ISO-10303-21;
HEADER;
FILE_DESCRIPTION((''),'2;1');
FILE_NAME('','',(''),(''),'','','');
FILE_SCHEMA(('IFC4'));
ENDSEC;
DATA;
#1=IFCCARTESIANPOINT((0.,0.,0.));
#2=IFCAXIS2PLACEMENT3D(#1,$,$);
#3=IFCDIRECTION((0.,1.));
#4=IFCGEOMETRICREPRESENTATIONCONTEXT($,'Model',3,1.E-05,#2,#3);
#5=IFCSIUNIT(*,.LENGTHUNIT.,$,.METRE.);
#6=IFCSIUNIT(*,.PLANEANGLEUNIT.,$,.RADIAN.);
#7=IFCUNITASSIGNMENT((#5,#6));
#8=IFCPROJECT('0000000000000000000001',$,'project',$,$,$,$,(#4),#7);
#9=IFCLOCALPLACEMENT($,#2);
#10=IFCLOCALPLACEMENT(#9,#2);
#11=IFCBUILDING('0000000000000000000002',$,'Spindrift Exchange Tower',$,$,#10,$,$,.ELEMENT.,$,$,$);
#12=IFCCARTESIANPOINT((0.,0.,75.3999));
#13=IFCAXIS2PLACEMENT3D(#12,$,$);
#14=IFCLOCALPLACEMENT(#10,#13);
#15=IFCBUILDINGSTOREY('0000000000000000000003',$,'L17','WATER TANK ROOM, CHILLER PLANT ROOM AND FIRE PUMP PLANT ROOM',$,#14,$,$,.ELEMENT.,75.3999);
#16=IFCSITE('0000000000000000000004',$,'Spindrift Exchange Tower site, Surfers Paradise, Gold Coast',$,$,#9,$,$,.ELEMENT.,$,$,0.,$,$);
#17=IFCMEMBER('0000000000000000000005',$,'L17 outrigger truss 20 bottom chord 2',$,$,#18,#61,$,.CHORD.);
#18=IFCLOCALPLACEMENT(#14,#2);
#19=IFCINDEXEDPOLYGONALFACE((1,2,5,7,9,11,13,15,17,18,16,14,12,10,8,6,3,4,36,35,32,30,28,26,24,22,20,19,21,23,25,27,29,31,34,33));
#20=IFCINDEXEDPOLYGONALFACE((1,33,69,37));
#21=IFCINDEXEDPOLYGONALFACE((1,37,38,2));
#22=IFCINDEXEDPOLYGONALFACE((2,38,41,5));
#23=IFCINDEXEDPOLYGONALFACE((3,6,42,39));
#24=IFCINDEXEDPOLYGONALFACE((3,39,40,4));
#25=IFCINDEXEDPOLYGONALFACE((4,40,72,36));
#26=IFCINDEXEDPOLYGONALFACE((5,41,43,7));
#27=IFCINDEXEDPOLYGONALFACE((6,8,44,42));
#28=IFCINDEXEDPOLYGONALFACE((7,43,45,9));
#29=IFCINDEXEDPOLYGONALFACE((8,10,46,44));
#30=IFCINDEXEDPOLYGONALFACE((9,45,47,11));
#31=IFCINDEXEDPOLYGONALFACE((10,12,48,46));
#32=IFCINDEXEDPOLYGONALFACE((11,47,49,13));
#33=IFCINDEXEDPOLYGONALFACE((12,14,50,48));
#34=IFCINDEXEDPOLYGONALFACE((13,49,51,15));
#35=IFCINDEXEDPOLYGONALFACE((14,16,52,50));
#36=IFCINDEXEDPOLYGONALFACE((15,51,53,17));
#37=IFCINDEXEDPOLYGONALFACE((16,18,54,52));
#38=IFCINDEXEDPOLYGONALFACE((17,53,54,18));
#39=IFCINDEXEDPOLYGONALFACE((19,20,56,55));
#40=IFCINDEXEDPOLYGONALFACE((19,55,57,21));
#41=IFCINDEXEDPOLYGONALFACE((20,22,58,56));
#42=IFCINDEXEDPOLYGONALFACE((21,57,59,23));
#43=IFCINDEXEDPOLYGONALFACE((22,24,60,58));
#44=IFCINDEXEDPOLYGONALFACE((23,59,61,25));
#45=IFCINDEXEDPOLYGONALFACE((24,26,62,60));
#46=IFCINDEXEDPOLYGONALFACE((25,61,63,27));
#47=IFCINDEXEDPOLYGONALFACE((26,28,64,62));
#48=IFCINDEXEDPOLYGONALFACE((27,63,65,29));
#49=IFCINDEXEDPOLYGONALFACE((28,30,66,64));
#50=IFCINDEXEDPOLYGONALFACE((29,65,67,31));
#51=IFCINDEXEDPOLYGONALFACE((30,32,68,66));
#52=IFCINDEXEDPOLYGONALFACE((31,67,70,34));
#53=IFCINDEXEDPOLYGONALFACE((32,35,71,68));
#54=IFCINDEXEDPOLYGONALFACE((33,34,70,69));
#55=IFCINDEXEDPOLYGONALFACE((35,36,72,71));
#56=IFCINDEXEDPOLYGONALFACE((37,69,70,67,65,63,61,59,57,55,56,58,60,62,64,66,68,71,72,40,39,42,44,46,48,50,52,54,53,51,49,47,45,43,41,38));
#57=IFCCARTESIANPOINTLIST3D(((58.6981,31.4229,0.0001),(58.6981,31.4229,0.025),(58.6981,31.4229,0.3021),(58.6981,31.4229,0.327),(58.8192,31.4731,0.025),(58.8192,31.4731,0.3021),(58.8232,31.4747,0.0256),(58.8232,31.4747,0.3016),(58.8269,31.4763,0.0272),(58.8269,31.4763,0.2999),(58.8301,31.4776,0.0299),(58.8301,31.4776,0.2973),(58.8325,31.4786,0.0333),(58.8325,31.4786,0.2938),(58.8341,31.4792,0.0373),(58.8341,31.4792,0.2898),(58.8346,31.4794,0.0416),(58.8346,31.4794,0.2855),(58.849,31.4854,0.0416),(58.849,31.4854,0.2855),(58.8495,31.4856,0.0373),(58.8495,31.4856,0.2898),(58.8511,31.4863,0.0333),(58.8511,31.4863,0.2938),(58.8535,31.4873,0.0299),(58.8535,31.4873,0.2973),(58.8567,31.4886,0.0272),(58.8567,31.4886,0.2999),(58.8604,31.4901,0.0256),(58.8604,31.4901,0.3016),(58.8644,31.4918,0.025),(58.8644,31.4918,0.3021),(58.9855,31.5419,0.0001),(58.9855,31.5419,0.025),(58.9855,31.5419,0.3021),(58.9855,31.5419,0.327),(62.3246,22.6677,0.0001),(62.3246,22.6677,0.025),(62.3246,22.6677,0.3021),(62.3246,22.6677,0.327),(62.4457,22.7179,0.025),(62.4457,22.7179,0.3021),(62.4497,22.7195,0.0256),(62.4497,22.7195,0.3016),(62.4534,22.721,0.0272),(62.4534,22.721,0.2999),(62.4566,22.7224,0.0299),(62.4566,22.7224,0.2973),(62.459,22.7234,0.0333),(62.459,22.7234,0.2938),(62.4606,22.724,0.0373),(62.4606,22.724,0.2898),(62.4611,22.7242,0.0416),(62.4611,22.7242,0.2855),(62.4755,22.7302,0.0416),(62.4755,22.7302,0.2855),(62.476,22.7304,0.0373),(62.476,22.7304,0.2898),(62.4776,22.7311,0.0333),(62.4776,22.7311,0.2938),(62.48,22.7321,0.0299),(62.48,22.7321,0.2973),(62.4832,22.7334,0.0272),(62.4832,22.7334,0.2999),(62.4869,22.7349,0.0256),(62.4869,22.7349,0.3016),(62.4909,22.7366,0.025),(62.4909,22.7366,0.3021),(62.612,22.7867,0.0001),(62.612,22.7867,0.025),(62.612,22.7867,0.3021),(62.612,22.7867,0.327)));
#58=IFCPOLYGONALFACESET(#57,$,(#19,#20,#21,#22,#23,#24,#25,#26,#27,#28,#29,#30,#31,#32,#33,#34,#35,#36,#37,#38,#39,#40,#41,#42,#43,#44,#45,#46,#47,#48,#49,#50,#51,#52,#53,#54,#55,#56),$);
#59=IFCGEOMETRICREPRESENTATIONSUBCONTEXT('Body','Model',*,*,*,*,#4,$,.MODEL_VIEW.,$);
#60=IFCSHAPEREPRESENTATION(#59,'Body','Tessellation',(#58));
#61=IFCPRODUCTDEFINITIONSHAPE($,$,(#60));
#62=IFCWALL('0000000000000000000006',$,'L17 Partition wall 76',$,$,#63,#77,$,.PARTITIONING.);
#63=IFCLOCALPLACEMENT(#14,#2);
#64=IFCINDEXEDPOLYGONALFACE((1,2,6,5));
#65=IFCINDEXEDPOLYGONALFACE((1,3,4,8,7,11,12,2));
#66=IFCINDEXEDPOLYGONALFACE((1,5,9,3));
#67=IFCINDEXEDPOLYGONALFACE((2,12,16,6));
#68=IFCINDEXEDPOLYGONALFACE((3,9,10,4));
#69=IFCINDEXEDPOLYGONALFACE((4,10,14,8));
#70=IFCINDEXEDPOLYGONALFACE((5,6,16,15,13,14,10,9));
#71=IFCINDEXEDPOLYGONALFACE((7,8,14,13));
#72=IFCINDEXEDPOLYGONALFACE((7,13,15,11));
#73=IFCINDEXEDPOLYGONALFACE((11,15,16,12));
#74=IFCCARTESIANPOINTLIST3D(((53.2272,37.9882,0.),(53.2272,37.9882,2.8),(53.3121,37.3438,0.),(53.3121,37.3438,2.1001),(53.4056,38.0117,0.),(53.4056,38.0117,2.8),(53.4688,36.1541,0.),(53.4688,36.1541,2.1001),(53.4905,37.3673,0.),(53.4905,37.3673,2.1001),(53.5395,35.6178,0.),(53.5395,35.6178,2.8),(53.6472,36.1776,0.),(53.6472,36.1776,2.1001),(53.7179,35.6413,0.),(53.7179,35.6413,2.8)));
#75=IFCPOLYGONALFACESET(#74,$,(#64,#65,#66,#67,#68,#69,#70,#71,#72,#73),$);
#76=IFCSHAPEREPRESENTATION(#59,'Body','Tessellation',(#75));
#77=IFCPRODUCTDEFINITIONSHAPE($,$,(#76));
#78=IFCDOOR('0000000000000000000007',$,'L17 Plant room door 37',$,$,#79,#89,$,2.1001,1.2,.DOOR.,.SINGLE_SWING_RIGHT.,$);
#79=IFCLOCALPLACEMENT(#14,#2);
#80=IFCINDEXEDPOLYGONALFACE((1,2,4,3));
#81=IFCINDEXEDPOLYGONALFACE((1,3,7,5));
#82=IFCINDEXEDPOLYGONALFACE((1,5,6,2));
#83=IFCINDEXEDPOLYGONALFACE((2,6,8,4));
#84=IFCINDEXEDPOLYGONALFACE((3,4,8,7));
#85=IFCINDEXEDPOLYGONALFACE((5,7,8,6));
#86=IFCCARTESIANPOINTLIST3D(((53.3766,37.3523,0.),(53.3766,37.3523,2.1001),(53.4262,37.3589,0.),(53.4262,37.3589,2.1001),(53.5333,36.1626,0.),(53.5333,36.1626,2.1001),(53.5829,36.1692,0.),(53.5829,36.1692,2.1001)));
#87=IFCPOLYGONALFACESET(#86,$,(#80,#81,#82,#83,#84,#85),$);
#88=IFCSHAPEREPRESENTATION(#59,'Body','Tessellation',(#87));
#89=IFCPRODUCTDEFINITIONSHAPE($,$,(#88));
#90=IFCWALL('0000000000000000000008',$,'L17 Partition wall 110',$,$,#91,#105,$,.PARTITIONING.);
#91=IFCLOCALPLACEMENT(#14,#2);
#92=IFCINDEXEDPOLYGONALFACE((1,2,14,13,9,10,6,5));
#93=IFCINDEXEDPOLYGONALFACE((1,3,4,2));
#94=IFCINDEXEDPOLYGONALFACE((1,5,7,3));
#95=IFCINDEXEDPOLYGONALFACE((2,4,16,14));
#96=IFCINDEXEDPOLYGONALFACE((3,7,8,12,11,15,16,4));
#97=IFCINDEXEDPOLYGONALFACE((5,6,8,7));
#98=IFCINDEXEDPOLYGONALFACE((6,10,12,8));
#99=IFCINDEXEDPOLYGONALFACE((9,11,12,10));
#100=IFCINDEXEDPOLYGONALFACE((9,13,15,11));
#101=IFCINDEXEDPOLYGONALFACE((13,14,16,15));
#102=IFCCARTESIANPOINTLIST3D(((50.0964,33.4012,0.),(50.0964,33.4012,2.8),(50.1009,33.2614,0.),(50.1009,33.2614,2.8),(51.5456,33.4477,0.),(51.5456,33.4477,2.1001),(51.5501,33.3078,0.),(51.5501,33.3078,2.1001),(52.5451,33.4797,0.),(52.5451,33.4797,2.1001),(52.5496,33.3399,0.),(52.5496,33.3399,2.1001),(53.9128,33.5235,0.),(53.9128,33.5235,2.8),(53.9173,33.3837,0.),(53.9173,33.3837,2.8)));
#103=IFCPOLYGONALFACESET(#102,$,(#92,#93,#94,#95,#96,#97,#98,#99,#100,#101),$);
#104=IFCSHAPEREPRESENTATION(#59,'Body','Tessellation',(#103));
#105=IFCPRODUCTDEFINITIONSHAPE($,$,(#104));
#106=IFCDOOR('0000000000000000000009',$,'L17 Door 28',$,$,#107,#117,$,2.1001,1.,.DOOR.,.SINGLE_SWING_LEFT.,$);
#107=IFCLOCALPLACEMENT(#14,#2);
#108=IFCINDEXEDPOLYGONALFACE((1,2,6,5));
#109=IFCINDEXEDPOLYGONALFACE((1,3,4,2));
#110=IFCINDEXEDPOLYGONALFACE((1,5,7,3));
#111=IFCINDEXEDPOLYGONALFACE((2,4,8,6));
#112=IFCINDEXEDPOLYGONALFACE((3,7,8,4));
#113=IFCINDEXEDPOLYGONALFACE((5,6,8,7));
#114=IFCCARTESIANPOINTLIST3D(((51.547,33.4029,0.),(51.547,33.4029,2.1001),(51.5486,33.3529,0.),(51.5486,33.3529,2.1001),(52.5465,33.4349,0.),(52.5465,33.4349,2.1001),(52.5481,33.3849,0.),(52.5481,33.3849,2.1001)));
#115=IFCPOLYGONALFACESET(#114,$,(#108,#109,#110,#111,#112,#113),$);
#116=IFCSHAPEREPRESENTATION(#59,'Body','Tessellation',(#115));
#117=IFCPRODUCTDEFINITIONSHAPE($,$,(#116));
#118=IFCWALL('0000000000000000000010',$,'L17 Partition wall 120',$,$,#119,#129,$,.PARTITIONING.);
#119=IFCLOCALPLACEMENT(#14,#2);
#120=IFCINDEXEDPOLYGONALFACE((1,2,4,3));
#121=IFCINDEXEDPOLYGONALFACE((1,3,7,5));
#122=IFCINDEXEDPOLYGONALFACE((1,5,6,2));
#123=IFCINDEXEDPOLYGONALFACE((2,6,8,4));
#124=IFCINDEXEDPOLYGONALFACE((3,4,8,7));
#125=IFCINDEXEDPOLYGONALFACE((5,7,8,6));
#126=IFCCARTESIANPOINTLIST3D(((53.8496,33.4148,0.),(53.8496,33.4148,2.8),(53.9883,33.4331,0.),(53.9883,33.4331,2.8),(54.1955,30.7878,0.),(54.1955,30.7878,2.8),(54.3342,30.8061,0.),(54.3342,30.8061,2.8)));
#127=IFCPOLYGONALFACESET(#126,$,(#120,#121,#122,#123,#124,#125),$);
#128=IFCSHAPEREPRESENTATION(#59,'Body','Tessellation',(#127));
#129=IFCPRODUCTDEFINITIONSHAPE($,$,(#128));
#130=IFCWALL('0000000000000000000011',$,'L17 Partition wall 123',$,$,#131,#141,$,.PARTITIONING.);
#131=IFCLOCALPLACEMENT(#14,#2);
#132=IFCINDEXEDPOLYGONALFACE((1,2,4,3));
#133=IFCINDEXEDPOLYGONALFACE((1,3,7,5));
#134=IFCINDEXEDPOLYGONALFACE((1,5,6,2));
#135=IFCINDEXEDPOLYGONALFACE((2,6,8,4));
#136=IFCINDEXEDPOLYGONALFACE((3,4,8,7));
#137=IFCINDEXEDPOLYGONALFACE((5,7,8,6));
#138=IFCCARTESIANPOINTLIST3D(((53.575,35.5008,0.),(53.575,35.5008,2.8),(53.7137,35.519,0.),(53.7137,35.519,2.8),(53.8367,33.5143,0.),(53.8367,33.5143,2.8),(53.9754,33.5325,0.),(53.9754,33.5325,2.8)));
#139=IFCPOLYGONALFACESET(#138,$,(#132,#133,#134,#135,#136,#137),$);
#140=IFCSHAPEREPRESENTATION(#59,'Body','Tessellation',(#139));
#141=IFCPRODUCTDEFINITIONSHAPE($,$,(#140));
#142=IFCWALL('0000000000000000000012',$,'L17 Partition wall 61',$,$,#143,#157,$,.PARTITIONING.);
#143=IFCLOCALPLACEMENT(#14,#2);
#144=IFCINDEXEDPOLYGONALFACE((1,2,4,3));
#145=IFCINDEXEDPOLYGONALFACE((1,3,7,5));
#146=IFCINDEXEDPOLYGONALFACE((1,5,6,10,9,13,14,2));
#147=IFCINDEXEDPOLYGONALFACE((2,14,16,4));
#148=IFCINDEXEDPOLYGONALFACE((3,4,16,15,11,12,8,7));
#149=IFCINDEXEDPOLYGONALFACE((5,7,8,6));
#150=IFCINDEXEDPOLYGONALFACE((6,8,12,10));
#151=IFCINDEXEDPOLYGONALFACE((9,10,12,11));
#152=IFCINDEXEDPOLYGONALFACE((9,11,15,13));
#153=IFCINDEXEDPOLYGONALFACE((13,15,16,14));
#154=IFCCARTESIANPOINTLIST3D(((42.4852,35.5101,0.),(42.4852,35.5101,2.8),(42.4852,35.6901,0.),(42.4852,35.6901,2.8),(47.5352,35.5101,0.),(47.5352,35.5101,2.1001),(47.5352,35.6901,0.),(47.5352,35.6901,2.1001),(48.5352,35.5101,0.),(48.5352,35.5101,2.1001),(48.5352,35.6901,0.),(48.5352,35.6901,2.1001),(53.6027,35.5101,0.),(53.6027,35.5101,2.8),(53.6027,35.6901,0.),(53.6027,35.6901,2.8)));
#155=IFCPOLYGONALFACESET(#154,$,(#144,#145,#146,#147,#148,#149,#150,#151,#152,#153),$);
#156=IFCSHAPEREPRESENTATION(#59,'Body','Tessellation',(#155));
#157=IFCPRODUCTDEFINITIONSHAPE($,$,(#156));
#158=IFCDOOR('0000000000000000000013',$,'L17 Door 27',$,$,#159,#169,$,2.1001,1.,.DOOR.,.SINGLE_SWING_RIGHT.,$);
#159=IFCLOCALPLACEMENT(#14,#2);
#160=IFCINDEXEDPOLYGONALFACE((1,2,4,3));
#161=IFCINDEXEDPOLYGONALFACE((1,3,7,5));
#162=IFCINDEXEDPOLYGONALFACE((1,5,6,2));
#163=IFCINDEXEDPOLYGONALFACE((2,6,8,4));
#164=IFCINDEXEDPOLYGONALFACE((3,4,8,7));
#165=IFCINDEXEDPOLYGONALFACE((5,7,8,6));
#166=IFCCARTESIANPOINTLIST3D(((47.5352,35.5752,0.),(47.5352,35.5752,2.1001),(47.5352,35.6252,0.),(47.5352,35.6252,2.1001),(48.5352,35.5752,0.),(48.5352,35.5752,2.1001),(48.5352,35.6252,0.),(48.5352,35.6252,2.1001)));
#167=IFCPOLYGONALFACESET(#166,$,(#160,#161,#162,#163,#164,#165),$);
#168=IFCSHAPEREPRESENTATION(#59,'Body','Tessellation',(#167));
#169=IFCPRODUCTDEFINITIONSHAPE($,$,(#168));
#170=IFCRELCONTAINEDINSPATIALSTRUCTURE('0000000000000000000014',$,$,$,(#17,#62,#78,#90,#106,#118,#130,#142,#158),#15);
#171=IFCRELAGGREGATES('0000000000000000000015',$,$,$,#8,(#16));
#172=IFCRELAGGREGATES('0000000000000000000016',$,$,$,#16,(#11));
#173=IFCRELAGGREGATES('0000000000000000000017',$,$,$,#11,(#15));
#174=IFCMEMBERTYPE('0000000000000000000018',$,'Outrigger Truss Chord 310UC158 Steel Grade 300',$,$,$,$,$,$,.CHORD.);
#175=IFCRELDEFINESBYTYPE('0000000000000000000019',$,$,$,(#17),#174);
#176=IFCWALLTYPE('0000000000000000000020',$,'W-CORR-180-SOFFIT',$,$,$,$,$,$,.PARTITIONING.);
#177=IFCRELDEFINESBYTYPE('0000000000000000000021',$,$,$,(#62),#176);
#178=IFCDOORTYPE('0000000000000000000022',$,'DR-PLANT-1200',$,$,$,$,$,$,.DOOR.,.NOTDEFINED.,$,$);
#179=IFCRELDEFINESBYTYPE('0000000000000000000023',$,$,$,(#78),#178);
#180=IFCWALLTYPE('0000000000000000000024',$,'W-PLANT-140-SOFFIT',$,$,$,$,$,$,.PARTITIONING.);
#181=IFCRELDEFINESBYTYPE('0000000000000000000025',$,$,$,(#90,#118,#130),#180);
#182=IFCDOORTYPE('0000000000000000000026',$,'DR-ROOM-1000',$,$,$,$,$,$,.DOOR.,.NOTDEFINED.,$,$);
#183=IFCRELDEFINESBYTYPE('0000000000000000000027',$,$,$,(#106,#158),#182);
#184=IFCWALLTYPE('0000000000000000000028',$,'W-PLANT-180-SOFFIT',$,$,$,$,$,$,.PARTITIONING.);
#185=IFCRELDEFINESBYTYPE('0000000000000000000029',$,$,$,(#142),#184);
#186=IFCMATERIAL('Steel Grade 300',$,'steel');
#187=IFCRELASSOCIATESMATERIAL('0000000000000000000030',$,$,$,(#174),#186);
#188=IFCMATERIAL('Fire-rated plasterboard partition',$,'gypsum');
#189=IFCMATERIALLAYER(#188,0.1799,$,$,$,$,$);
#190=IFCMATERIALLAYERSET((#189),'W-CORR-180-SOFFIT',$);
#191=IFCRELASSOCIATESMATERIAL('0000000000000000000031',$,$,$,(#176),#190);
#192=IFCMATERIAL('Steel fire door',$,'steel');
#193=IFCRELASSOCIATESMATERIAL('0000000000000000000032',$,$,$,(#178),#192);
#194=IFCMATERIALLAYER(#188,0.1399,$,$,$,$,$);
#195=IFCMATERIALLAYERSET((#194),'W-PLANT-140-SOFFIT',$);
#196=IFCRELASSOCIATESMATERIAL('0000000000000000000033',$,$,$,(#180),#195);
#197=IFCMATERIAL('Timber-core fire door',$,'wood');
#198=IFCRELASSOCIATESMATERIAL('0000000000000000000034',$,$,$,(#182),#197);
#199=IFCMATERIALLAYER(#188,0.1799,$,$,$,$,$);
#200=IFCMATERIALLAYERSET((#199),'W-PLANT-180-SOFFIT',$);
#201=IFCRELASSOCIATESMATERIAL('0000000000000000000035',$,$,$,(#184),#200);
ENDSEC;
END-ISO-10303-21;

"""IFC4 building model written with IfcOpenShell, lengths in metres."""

from ifc_helpers import new_model, si_unit, direction, frame, frame_2d, origin, origin_2d, place, context, subcontext, project, spatial, rectangle, i_section, extrude, source, transform, mapped, material, layer, layer_set, material_profile, profile_set, type_object, element, fill, save


model = new_model("IFC4")

# Units and contexts
model_context = context("Model", 3, precision=1e-05, world=origin(), true_north=direction((0.0, 1.0)))
body_context = subcontext(model_context, "Body", "Model", "MODEL_VIEW")
ifc_project = project(units=[si_unit("LENGTHUNIT", "METRE"), si_unit("PLANEANGLEUNIT", "RADIAN")], contexts=[model_context])

# Site, building, storey
site_placement = place(None, origin())
site = spatial("IfcSite", under=ifc_project, at=site_placement, Name="Spindrift Exchange Tower site, Surfers Paradise, Gold Coast", CompositionType="ELEMENT", RefElevation=0.0)
building_placement = place(site_placement, origin())
building = spatial("IfcBuilding", under=site, at=building_placement, Name="Spindrift Exchange Tower", CompositionType="ELEMENT")
storey_placement = place(building_placement, frame((0.0, 0.0, 75.3999)))
storey = spatial("IfcBuildingStorey", under=building, at=storey_placement, Name="L17", Description="WATER TANK ROOM, CHILLER PLANT ROOM AND FIRE PUMP PLANT ROOM", CompositionType="ELEMENT", Elevation=75.3999)

# Shared definitions
ifc_material_1 = material(Name="Steel Grade 300", Category="steel")

# Shared definitions
ifc_material_profile_1 = material_profile(ifc_material_1, i_section(OverallWidth=0.311, OverallDepth=0.3269, WebThickness=0.0156, FlangeThickness=0.0249, FilletRadius=0.0166, at=origin_2d()), Name="310UC158")
ifc_profile_set_1 = profile_set([ifc_material_profile_1], Name="Steel Grade 300")
member_type = type_object("IfcMemberType", Name="Outrigger Truss Chord 310UC158 Steel Grade 300", PredefinedType="CHORD", material=ifc_profile_set_1)

# Member
shared_shape_1 = source(origin(), body_context, "Body", "SweptSolid", [
    extrude(i_section(OverallWidth=0.311, OverallDepth=0.3269, WebThickness=0.0156, FlangeThickness=0.0249, FilletRadius=0.0166, at=origin_2d()), origin(), (0.0, 0.0, 1.0), 9.4766),
])
member_1_placement = place(storey_placement, frame((58.8418, 31.4824, 0.1636), z_axis=(0.382681, -0.923881, 0.0), x_axis=(0.923881, 0.382681, 0.0)))
element("IfcMember", 1, at=member_1_placement, inside=storey, type_object=member_type, Name="L17 outrigger truss 20 bottom chord 2", PredefinedType="CHORD", context=body_context, shape_type="MappedRepresentation", body=[
    mapped(shared_shape_1, transform((0.0, 0.0, 0.0), scale=1.0)),
])

# Walls, openings, doors
ifc_material_2 = material(Name="Fire-rated plasterboard partition", Category="gypsum")
ifc_layer_1 = layer(ifc_material_2, 0.1799)
ifc_layer_set_1 = layer_set([ifc_layer_1], Name="W-CORR-180-SOFFIT")
wall_type_1 = type_object("IfcWallType", Name="W-CORR-180-SOFFIT", PredefinedType="PARTITIONING", material=ifc_layer_set_1)
wall_1_placement = place(storey_placement, frame((53.6287, 35.6296, 0.0), z_axis=(0.0, 0.0, 1.0), x_axis=(-0.130605, 0.991434, 0.0)))
wall_1 = element("IfcWall", 2, at=wall_1_placement, inside=storey, type_object=wall_type_1, Name="L17 Partition wall 76", PredefinedType="PARTITIONING", context=body_context, shape_type="SweptSolid", body=[
    extrude(rectangle(XDim=2.3909, YDim=0.1799, at=frame_2d((1.1953, 0.0))), origin(), (0.0, 0.0, 1.0), 2.8),
])
opening_1_placement = place(wall_1_placement, frame((0.5408, 0.0, 0.0)))
opening_1 = element("IfcOpeningElement", 3, at=opening_1_placement, cuts=wall_1, PredefinedType="OPENING", context=body_context, shape_type="SweptSolid", body=[
    extrude(rectangle(XDim=1.2, YDim=2.1001, at=frame_2d((0.6001, 1.05))), frame((0.0, 0.0999, 0.0), z_axis=(0.0, -1.0, 0.0), x_axis=(1.0, 0.0, 0.0)), (0.0, 0.0, 1.0), 0.2),
])
ifc_material_3 = material(Name="Steel fire door", Category="steel")
door_type_1 = type_object("IfcDoorType", Name="DR-PLANT-1200", OperationType="NOTDEFINED", PredefinedType="DOOR", material=ifc_material_3)
shared_shape_2 = source(origin(), body_context, "Body", "SweptSolid", [
    extrude(rectangle(XDim=1.2, YDim=2.1001, at=frame_2d((0.6001, 1.05))), frame((0.0, 0.0249, 0.0), z_axis=(0.0, -1.0, 0.0), x_axis=(1.0, 0.0, 0.0)), (0.0, 0.0, 1.0), 0.05),
])
door_1_placement = place(opening_1_placement, origin())
door_1 = element("IfcDoor", 4, at=door_1_placement, inside=storey, type_object=door_type_1, Name="L17 Plant room door 37", OperationType="SINGLE_SWING_RIGHT", OverallHeight=2.1001, OverallWidth=1.2, PredefinedType="DOOR", context=body_context, shape_type="MappedRepresentation", body=[
    mapped(shared_shape_2, transform((0.0, 0.0, 0.0), scale=1.0)),
])
fill(opening_1, door_1)
ifc_layer_2 = layer(ifc_material_2, 0.1399)
ifc_layer_set_2 = layer_set([ifc_layer_2], Name="W-PLANT-140-SOFFIT")
wall_type_2 = type_object("IfcWallType", Name="W-PLANT-140-SOFFIT", PredefinedType="PARTITIONING", material=ifc_layer_set_2)
wall_2_placement = place(storey_placement, frame((53.915, 33.4536, 0.0), z_axis=(0.0, 0.0, 1.0), x_axis=(-0.999487, -0.032033, 0.0)))
wall_2 = element("IfcWall", 5, at=wall_2_placement, inside=storey, type_object=wall_type_2, Name="L17 Partition wall 110", PredefinedType="PARTITIONING", context=body_context, shape_type="SweptSolid", body=[
    extrude(rectangle(XDim=3.8184, YDim=0.1399, at=frame_2d((1.9092, 0.0))), origin(), (0.0, 0.0, 1.0), 2.8),
])
opening_2_placement = place(wall_2_placement, frame((1.3684, 0.0, 0.0)))
opening_2 = element("IfcOpeningElement", 6, at=opening_2_placement, cuts=wall_2, PredefinedType="OPENING", context=body_context, shape_type="SweptSolid", body=[
    extrude(rectangle(XDim=1.0, YDim=2.1001, at=frame_2d((0.5, 1.05))), frame((0.0, 0.0798, 0.0), z_axis=(0.0, -1.0, 0.0), x_axis=(1.0, 0.0, 0.0)), (0.0, 0.0, 1.0), 0.1599),
])
ifc_material_4 = material(Name="Timber-core fire door", Category="wood")
door_type_2 = type_object("IfcDoorType", Name="DR-ROOM-1000", OperationType="NOTDEFINED", PredefinedType="DOOR", material=ifc_material_4)
shared_shape_3 = source(origin(), body_context, "Body", "SweptSolid", [
    extrude(rectangle(XDim=1.0, YDim=2.1001, at=frame_2d((0.5, 1.05))), frame((0.0, 0.0249, 0.0), z_axis=(0.0, -1.0, 0.0), x_axis=(1.0, 0.0, 0.0)), (0.0, 0.0, 1.0), 0.05),
])
door_2_placement = place(opening_2_placement, origin())
door_2 = element("IfcDoor", 7, at=door_2_placement, inside=storey, type_object=door_type_2, Name="L17 Door 28", OperationType="SINGLE_SWING_LEFT", OverallHeight=2.1001, OverallWidth=1.0, PredefinedType="DOOR", context=body_context, shape_type="MappedRepresentation", body=[
    mapped(shared_shape_3, transform((0.0, 0.0, 0.0), scale=1.0)),
])
fill(opening_2, door_2)

# Walls
wall_3_placement = place(storey_placement, frame((53.9189, 33.4238, 0.0), z_axis=(0.0, 0.0, 1.0), x_axis=(0.130564, -0.99144, 0.0)))
element("IfcWall", 8, at=wall_3_placement, inside=storey, type_object=wall_type_2, Name="L17 Partition wall 120", PredefinedType="PARTITIONING", context=body_context, shape_type="SweptSolid", body=[
    extrude(rectangle(XDim=2.6497, YDim=0.1399, at=frame_2d((1.3247, 0.0))), origin(), (0.0, 0.0, 1.0), 2.8),
])
wall_4_placement = place(storey_placement, frame((53.6443, 35.51, 0.0), z_axis=(0.0, 0.0, 1.0), x_axis=(0.130615, -0.991433, 0.0)))
element("IfcWall", 9, at=wall_4_placement, inside=storey, type_object=wall_type_2, Name="L17 Partition wall 123", PredefinedType="PARTITIONING", context=body_context, shape_type="SweptSolid", body=[
    extrude(rectangle(XDim=2.0037, YDim=0.1399, at=frame_2d((1.002, 0.0))), origin(), (0.0, 0.0, 1.0), 2.8),
])

# Wall, opening, door
ifc_layer_3 = layer(ifc_material_2, 0.1799)
ifc_layer_set_3 = layer_set([ifc_layer_3], Name="W-PLANT-180-SOFFIT")
wall_type_3 = type_object("IfcWallType", Name="W-PLANT-180-SOFFIT", PredefinedType="PARTITIONING", material=ifc_layer_set_3)
wall_5_placement = place(storey_placement, frame((53.6025, 35.6001, 0.0), z_axis=(0.0, 0.0, 1.0), x_axis=(-1.0, 0.0, 0.0)))
wall_5 = element("IfcWall", 10, at=wall_5_placement, inside=storey, type_object=wall_type_3, Name="L17 Partition wall 61", PredefinedType="PARTITIONING", context=body_context, shape_type="SweptSolid", body=[
    extrude(rectangle(XDim=11.1174, YDim=0.1799, at=frame_2d((5.5586, 0.0))), origin(), (0.0, 0.0, 1.0), 2.8),
])
opening_3_placement = place(wall_5_placement, frame((5.0674, 0.0, 0.0)))
opening_3 = element("IfcOpeningElement", 11, at=opening_3_placement, cuts=wall_5, PredefinedType="OPENING", context=body_context, shape_type="SweptSolid", body=[
    extrude(rectangle(XDim=1.0, YDim=2.1001, at=frame_2d((0.5, 1.05))), frame((0.0, 0.0999, 0.0), z_axis=(0.0, -1.0, 0.0), x_axis=(1.0, 0.0, 0.0)), (0.0, 0.0, 1.0), 0.2),
])
door_3_placement = place(opening_3_placement, origin())
door_3 = element("IfcDoor", 12, at=door_3_placement, inside=storey, type_object=door_type_2, Name="L17 Door 27", OperationType="SINGLE_SWING_RIGHT", OverallHeight=2.1001, OverallWidth=1.0, PredefinedType="DOOR", context=body_context, shape_type="MappedRepresentation", body=[
    mapped(shared_shape_3, transform((0.0, 0.0, 0.0), scale=1.0)),
])
fill(opening_3, door_3)

save(model, "model.ifc")
